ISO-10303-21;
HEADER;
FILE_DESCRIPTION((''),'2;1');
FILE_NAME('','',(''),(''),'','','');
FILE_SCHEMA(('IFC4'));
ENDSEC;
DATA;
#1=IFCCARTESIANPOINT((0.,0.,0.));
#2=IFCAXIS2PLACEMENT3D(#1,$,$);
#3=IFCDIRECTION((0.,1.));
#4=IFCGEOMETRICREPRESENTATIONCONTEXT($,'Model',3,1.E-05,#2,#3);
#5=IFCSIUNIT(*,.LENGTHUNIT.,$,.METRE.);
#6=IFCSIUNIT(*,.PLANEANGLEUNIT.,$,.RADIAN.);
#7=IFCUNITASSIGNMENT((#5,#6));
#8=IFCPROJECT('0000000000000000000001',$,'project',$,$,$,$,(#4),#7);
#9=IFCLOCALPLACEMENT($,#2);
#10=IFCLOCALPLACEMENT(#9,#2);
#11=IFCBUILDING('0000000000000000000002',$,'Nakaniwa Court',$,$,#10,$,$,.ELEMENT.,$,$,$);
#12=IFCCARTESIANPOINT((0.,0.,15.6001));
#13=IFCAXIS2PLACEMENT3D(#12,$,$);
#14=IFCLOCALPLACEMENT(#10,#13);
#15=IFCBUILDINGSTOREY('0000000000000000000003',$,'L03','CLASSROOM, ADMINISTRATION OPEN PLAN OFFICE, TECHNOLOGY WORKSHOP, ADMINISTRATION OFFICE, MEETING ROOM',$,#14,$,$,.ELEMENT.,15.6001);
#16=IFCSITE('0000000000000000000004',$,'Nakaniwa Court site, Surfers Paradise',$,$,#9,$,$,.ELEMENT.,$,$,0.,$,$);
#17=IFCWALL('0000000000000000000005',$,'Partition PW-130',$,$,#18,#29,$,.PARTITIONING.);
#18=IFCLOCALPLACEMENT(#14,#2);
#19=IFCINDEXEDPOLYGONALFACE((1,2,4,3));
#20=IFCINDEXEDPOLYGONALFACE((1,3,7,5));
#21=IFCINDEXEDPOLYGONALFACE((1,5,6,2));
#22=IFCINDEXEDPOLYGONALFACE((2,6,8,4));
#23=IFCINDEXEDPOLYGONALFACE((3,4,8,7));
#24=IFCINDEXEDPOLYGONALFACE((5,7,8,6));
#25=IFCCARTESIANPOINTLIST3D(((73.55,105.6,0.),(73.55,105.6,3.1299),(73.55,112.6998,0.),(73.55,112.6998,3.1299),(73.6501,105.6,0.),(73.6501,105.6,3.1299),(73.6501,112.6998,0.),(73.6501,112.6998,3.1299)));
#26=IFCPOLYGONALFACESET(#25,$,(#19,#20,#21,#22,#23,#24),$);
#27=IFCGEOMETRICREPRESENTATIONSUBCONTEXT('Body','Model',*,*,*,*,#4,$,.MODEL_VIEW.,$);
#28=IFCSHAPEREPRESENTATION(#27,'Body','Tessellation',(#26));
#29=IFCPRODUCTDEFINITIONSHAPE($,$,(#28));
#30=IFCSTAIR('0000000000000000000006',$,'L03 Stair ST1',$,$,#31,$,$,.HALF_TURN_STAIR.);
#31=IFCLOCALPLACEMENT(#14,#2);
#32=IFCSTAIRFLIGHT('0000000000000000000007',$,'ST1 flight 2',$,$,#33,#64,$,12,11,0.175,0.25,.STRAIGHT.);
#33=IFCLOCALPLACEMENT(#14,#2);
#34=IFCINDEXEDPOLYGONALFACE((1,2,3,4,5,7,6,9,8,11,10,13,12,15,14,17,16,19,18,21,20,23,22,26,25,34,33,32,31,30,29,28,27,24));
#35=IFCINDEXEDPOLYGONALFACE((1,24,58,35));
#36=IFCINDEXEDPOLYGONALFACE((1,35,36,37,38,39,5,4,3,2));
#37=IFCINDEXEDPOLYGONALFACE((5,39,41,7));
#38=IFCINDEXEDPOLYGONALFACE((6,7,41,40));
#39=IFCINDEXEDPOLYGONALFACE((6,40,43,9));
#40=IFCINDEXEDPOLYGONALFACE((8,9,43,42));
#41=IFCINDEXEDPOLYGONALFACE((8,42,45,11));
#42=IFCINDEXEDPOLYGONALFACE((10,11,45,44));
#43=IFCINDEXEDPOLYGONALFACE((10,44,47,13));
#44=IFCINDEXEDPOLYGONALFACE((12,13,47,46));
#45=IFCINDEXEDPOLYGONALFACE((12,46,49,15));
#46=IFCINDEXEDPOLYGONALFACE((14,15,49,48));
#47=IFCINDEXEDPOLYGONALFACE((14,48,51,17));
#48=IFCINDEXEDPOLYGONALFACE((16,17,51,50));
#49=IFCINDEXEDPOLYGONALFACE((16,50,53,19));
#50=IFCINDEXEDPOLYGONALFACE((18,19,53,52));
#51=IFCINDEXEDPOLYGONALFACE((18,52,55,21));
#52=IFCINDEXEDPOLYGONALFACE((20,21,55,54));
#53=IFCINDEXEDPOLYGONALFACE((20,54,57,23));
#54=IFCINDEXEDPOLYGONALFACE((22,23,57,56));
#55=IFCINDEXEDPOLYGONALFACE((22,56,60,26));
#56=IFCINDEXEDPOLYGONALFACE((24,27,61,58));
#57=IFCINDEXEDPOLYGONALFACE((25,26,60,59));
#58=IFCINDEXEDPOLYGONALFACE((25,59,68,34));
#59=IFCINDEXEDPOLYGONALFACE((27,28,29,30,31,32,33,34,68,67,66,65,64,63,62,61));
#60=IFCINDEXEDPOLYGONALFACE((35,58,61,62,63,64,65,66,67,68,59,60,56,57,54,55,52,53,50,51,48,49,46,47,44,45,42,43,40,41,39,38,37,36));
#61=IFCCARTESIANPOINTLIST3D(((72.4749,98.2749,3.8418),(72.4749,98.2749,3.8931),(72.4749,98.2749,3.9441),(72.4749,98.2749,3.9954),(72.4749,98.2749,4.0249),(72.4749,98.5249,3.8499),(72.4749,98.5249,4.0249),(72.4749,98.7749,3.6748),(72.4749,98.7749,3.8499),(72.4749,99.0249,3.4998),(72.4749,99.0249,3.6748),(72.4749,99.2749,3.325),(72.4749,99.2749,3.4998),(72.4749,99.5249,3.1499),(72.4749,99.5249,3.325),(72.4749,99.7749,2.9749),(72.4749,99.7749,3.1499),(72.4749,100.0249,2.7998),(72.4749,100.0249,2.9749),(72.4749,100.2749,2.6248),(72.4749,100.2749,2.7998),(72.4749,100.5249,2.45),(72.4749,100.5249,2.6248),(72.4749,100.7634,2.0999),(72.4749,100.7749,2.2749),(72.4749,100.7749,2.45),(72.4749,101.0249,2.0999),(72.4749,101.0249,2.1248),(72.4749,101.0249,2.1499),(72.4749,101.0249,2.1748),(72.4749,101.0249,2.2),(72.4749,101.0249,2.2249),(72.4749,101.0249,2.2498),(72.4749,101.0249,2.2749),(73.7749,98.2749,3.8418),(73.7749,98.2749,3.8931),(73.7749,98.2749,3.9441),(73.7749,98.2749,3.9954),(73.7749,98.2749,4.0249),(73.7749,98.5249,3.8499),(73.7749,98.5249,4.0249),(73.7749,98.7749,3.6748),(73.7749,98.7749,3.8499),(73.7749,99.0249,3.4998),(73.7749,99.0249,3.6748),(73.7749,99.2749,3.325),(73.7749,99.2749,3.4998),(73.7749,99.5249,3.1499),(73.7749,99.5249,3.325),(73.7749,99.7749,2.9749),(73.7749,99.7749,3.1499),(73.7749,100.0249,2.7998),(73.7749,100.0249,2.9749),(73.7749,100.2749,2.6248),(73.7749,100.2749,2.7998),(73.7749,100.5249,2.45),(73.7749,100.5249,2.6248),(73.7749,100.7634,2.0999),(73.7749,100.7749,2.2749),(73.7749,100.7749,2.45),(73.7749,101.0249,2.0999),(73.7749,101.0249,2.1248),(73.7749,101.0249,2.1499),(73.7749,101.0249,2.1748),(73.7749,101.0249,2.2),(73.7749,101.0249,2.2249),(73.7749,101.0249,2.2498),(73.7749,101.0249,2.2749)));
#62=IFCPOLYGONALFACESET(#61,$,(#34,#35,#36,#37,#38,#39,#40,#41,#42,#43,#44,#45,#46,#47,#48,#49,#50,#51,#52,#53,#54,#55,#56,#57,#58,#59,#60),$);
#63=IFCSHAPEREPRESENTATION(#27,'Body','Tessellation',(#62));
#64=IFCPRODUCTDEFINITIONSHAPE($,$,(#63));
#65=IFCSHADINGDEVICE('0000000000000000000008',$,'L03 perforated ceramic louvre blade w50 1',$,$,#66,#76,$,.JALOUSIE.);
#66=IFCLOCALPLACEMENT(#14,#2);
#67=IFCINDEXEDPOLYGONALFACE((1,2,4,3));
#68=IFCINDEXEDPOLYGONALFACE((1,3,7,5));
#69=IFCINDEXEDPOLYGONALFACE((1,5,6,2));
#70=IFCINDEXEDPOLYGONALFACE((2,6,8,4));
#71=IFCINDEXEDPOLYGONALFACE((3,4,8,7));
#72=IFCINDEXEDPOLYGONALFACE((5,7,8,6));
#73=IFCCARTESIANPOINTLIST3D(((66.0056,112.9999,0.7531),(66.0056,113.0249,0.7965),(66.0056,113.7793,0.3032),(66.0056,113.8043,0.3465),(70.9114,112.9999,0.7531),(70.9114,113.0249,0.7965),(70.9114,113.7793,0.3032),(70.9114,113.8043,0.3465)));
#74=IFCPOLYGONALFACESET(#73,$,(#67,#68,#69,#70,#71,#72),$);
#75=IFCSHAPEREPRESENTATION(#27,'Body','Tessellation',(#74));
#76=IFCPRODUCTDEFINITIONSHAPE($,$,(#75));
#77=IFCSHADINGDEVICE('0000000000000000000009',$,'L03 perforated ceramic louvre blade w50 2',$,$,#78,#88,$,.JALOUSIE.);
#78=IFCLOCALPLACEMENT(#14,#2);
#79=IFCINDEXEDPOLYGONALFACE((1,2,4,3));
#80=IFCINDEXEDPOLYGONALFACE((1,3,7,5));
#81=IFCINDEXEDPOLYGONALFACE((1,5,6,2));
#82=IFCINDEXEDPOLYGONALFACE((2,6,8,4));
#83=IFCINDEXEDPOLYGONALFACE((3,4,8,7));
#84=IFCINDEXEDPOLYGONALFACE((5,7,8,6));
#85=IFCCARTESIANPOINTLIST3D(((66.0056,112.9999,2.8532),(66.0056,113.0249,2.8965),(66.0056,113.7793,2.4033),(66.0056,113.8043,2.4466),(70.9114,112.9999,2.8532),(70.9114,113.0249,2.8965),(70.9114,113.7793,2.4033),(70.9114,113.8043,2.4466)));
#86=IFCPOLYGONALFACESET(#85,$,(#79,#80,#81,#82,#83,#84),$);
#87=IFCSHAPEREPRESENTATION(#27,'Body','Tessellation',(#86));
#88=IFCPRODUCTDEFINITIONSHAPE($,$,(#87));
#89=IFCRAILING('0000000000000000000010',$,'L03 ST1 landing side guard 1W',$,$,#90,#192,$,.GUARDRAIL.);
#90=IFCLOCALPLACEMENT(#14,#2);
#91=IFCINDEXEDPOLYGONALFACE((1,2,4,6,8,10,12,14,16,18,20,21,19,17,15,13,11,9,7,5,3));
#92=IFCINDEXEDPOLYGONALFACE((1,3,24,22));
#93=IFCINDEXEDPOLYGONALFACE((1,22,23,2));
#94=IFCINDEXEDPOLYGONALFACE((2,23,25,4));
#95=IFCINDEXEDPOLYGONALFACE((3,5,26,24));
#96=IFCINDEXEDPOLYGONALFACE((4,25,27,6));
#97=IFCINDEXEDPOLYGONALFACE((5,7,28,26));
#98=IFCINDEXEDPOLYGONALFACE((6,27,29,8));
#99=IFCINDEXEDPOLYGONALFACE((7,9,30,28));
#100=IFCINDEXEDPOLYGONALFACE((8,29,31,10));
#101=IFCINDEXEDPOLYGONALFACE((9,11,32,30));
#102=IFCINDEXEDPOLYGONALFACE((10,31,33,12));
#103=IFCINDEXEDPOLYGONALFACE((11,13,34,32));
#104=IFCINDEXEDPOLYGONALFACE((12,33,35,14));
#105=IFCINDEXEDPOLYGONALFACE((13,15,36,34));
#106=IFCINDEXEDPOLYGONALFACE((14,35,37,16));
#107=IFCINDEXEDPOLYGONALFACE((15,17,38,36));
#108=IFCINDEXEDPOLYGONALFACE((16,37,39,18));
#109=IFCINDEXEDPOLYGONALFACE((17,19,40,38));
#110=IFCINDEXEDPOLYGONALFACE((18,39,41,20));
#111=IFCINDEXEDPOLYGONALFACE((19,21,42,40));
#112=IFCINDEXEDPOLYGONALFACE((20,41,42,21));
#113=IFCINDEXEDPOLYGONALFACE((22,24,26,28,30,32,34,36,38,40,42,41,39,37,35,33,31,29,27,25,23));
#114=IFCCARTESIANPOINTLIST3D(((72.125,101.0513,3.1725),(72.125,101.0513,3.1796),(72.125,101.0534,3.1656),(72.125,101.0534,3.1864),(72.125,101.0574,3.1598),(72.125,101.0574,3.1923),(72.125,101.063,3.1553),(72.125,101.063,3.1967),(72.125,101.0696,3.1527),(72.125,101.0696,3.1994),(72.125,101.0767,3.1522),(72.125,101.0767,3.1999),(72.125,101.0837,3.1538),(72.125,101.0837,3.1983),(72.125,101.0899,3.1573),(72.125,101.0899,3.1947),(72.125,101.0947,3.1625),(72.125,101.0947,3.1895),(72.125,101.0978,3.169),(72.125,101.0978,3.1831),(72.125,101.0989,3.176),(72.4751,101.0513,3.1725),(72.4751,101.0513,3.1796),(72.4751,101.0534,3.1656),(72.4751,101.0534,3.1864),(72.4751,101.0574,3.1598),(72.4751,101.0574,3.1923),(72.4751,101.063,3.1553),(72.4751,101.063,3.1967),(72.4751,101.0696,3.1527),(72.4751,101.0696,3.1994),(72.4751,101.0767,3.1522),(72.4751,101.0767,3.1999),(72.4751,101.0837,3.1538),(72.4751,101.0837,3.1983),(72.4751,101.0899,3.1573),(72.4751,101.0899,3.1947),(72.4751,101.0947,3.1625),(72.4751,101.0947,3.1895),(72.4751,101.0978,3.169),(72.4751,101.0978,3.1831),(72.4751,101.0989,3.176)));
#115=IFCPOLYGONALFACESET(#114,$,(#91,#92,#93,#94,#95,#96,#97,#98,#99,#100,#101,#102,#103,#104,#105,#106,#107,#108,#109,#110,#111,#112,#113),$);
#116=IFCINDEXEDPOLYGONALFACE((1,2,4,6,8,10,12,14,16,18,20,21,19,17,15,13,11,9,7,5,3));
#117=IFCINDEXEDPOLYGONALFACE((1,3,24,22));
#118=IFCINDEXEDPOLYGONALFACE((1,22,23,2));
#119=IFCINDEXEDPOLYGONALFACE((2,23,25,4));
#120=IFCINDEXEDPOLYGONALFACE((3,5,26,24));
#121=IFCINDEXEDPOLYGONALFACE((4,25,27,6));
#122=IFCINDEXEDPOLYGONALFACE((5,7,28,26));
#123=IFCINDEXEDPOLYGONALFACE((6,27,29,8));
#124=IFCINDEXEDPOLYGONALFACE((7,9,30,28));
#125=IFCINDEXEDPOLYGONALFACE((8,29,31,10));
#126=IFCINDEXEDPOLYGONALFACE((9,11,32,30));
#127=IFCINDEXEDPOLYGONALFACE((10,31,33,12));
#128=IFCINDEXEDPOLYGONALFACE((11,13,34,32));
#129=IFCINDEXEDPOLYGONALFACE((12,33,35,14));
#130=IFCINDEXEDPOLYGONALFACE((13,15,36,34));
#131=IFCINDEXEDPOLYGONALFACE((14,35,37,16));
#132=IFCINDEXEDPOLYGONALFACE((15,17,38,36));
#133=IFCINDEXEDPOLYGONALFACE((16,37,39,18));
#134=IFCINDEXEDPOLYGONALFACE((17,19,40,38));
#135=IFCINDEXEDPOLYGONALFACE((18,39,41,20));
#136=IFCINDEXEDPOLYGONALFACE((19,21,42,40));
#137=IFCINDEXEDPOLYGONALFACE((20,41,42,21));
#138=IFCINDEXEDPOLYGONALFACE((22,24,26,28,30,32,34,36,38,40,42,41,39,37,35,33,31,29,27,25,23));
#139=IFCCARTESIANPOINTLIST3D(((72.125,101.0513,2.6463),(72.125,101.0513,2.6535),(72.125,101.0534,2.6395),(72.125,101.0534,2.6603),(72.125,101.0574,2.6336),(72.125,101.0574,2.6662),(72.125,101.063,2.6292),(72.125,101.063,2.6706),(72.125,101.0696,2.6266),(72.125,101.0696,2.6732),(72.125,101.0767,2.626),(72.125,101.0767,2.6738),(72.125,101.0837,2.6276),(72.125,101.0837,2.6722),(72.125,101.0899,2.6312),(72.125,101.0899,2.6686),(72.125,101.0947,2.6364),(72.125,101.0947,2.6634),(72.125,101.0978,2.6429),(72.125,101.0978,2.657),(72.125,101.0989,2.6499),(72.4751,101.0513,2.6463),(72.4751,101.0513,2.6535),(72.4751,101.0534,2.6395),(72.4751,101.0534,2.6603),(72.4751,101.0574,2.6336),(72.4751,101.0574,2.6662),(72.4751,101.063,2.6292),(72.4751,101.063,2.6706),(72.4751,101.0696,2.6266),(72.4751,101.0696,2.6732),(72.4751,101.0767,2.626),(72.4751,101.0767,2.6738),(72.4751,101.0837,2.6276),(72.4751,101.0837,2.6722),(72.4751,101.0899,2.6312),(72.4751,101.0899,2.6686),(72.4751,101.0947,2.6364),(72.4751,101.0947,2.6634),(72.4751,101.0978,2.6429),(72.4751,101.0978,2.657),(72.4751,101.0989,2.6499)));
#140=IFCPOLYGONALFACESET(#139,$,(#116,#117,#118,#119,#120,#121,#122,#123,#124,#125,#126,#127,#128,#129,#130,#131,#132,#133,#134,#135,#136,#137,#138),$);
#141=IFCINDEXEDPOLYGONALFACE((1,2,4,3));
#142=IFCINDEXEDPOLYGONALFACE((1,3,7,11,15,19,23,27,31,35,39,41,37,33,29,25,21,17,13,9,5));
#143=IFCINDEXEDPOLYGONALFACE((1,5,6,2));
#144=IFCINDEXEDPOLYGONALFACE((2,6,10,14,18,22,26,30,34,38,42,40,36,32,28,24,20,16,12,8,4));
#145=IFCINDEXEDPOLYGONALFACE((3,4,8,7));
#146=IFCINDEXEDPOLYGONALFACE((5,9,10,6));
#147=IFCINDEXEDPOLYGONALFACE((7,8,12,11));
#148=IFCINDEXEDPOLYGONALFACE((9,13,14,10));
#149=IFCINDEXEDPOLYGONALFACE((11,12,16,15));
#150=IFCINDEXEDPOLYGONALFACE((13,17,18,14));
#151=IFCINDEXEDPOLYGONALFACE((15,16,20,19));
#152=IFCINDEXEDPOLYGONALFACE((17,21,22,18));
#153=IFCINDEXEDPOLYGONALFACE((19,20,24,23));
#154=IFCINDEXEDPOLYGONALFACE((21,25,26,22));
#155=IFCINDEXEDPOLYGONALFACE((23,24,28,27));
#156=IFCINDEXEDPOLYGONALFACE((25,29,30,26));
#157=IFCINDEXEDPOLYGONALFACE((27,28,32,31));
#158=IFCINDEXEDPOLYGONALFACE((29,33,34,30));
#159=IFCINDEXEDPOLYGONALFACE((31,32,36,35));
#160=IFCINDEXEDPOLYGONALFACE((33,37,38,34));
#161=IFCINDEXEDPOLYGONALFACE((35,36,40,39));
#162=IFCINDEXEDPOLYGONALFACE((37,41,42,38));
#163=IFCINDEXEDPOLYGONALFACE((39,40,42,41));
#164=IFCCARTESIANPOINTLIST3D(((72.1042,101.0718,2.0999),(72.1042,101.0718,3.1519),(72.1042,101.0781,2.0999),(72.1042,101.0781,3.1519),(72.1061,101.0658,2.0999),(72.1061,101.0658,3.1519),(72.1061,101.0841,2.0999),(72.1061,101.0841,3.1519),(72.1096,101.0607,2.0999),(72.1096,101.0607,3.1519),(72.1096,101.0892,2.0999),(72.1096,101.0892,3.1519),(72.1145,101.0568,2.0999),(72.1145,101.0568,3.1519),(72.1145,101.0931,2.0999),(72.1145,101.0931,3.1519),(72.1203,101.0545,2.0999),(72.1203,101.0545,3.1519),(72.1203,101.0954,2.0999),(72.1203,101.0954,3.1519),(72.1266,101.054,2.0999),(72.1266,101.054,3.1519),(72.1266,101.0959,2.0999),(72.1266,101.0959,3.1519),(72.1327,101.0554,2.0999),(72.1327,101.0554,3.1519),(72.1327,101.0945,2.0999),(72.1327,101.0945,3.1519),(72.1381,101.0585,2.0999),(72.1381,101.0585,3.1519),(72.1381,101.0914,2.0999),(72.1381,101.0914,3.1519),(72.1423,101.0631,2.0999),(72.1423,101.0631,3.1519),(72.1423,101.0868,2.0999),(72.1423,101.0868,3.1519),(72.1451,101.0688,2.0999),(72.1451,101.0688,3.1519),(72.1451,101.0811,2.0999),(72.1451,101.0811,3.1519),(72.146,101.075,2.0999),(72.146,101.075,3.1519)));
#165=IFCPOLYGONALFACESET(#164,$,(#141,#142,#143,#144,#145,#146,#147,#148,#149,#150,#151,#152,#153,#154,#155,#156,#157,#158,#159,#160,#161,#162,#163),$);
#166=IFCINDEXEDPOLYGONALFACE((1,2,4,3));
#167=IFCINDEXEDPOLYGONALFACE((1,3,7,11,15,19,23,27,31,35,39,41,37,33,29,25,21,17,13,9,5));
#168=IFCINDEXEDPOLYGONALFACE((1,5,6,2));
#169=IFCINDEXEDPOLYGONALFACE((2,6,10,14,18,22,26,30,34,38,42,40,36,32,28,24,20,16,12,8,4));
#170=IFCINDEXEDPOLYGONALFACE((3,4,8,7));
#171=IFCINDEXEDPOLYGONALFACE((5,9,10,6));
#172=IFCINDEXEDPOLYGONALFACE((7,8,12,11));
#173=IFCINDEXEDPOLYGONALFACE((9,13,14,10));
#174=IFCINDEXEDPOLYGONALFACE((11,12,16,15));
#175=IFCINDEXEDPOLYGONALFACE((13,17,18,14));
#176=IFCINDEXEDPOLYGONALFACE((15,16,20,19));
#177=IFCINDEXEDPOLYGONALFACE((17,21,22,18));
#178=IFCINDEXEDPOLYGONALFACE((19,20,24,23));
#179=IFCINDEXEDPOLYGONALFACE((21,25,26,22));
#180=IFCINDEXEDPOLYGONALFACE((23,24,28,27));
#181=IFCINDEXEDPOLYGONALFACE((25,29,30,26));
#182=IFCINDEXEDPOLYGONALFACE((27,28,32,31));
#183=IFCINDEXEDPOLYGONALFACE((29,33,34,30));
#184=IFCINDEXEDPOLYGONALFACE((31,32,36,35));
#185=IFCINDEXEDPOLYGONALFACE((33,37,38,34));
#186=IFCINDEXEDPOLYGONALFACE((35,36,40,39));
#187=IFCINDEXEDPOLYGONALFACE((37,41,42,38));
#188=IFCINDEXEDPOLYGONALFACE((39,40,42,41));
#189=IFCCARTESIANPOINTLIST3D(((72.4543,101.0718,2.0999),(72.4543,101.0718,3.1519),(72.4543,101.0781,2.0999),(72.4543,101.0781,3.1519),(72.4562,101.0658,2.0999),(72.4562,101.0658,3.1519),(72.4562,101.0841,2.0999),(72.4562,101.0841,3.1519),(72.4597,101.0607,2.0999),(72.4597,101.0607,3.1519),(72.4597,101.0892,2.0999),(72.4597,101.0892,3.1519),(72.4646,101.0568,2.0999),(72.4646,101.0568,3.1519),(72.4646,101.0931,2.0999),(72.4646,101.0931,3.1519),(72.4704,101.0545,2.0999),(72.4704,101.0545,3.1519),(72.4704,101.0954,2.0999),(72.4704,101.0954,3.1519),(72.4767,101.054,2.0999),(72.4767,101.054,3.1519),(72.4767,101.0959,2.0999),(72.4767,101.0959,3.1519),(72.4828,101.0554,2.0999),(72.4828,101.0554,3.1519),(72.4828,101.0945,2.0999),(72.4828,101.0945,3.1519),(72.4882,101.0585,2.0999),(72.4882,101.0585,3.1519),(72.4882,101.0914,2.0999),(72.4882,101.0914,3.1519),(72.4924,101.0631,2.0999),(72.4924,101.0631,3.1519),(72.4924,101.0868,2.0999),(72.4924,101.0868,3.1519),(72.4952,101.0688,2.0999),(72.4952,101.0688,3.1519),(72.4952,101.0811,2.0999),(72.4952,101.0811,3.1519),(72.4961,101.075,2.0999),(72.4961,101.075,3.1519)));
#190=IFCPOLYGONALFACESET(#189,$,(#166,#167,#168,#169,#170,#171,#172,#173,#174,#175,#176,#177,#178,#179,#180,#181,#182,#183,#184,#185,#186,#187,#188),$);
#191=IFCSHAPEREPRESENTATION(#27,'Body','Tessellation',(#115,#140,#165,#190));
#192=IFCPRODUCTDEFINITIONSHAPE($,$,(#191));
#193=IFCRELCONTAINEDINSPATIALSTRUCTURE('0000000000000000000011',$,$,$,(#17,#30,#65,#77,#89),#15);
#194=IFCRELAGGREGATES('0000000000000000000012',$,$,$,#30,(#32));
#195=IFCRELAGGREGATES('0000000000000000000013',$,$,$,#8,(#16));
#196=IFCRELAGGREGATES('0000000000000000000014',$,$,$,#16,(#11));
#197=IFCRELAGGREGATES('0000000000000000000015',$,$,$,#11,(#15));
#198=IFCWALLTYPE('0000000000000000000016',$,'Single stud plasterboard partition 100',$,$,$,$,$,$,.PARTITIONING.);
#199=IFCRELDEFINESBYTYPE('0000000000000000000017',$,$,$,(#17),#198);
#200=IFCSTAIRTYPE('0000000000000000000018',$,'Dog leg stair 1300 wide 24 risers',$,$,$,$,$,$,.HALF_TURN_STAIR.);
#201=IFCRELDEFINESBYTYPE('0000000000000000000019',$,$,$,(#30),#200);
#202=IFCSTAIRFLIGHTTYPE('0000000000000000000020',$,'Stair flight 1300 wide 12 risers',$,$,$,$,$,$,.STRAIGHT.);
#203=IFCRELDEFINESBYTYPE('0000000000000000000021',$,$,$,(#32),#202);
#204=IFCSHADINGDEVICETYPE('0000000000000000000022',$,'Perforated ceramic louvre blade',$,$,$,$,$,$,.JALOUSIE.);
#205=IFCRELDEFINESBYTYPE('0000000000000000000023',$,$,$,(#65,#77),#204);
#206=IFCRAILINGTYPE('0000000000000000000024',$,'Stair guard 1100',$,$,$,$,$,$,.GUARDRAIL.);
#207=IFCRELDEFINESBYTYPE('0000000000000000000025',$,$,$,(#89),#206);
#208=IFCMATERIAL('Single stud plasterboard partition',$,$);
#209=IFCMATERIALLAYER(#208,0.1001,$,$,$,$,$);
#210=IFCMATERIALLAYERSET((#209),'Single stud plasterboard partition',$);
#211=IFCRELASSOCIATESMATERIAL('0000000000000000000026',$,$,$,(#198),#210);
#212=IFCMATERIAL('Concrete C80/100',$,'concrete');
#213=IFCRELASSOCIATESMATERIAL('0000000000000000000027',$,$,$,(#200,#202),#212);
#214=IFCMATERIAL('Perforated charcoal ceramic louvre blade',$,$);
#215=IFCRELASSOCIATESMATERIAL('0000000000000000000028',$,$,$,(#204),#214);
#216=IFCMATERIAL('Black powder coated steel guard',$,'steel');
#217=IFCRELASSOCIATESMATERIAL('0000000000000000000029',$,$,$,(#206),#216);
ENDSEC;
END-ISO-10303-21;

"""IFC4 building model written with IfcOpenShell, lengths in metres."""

from ifc_helpers import new_model, si_unit, direction, frame, frame_2d, origin, origin_2d, place, context, subcontext, project, spatial, polyline, rectangle, circle, outline, extrude, material, layer, layer_set, material_profile, profile_set, type_object, element, aggregate, save


model = new_model("IFC4")

# Units and contexts
model_context = context("Model", 3, precision=1e-05, world=origin(), true_north=direction((0.0, 1.0)))
body_context = subcontext(model_context, "Body", "Model", "MODEL_VIEW")
ifc_project = project(units=[si_unit("LENGTHUNIT", "METRE"), si_unit("PLANEANGLEUNIT", "RADIAN")], contexts=[model_context])

# Site, building, storey
site_placement = place(None, origin())
site = spatial("IfcSite", under=ifc_project, at=site_placement, Name="Nakaniwa Court site, Surfers Paradise", CompositionType="ELEMENT", RefElevation=0.0)
building_placement = place(site_placement, origin())
building = spatial("IfcBuilding", under=site, at=building_placement, Name="Nakaniwa Court", CompositionType="ELEMENT")
storey_placement = place(building_placement, frame((0.0, 0.0, 15.6001)))
storey = spatial("IfcBuildingStorey", under=building, at=storey_placement, Name="L03", Description="CLASSROOM, ADMINISTRATION OPEN PLAN OFFICE, TECHNOLOGY WORKSHOP, ADMINISTRATION OFFICE, MEETING ROOM", CompositionType="ELEMENT", Elevation=15.6001)

# Wall
ifc_material_1 = material(Name="Single stud plasterboard partition")
ifc_layer_1 = layer(ifc_material_1, 0.1001)
ifc_layer_set_1 = layer_set([ifc_layer_1], Name="Single stud plasterboard partition")
wall_type_1 = type_object("IfcWallType", Name="Single stud plasterboard partition 100", PredefinedType="PARTITIONING", material=ifc_layer_set_1)
wall_1_placement = place(storey_placement, frame((73.6001, 105.6001, 0.0), z_axis=(0.0, 0.0, 1.0), x_axis=(0.0, 1.0, 0.0)))
element("IfcWall", 1, at=wall_1_placement, inside=storey, type_object=wall_type_1, Name="Partition PW-130", PredefinedType="PARTITIONING", context=body_context, shape_type="SweptSolid", body=[
    extrude(rectangle(XDim=7.0999, YDim=0.1001, at=frame_2d((3.5498, 0.0))), origin(), (0.0, 0.0, 1.0), 3.1299),
])

# Stair, stair flight
ifc_material_2 = material(Name="Concrete C80/100", Category="concrete")
stair_type = type_object("IfcStairType", Name="Dog leg stair 1300 wide 24 risers", PredefinedType="HALF_TURN_STAIR", material=ifc_material_2)
stair_placement = place(storey_placement, origin())
stair = element("IfcStair", 2, at=stair_placement, inside=storey, type_object=stair_type, Name="L03 Stair ST1", PredefinedType="HALF_TURN_STAIR")
stair_flight_type = type_object("IfcStairFlightType", Name="Stair flight 1300 wide 12 risers", PredefinedType="STRAIGHT", material=ifc_material_2)
stair_flight_placement = place(storey_placement, frame((73.125, 101.0249, 2.0999), z_axis=(0.0, 0.0, 1.0), x_axis=(0.0, -1.0, 0.0)))
stair_flight = element("IfcStairFlight", 3, at=stair_flight_placement, type_object=stair_flight_type, Name="ST1 flight 2", NumberOfRisers=12, NumberOfTreads=11, PredefinedType="STRAIGHT", RiserHeight=0.175, TreadLength=0.25, context=body_context, shape_type="SweptSolid", body=[
    extrude(outline(polyline([(0.0, 0.0), (0.0, 0.0249), (0.0, 0.05), (0.0, 0.075), (0.0, 0.1001), (0.0, 0.125), (0.0, 0.1499), (0.0, 0.175), (0.25, 0.175), (0.25, 0.3501), (0.5, 0.3501), (0.5, 0.5249), (0.75, 0.5249), (0.75, 0.7), (1.0, 0.7), (1.0, 0.875), (1.25, 0.875), (1.25, 1.05), (1.5, 1.05), (1.5, 1.2251), (1.75, 1.2251), (1.75, 1.3999), (2.0, 1.3999), (2.0, 1.575), (2.25, 1.575), (2.25, 1.75), (2.5, 1.75), (2.5, 1.925), (2.75, 1.925), (2.75, 2.1001), (2.75, 2.0488), (2.75, 1.9978), (2.75, 1.9465), (2.75, 1.8955), (2.75, 1.8442), (2.75, 1.7932), (2.75, 1.7419), (0.2615, 0.0), (0.0, 0.0)])), frame((0.0, 0.6499, 0.0), z_axis=(0.0, -1.0, 0.0), x_axis=(1.0, 0.0, 0.0)), (0.0, 0.0, 1.0), 1.3),
])
aggregate(stair, [stair_flight])

# Shading devices
ifc_material_3 = material(Name="Perforated charcoal ceramic louvre blade")
ifc_material_profile_1 = material_profile(ifc_material_3, rectangle(XDim=0.8999, YDim=0.05, at=origin_2d()), Name="Perforated ceramic louvre blade")
ifc_profile_set_1 = profile_set([ifc_material_profile_1], Name="Perforated charcoal ceramic louvre blade")
shading_device_type = type_object("IfcShadingDeviceType", Name="Perforated ceramic louvre blade", PredefinedType="JALOUSIE", material=ifc_profile_set_1)
for number, where, z_axis, x_axis, name in (
    (4, (70.9114, 113.4021, 0.5498), (-1.0, 0.0, 0.0), (0.0, -0.866025, 0.5), "L03 perforated ceramic louvre blade w50 1"),
    (5, (70.9114, 113.4021, 2.6499), (-1.0, 0.0, 0.0), (0.0, -0.866025, 0.5), "L03 perforated ceramic louvre blade w50 2"),
):
    element("IfcShadingDevice", number, at=place(storey_placement, frame(where, z_axis=z_axis, x_axis=x_axis)), inside=storey, type_object=shading_device_type, Name=name, PredefinedType="JALOUSIE", context=body_context, shape_type="SweptSolid", body=[
        extrude(rectangle(XDim=0.8999, YDim=0.05, at=origin_2d()), origin(), (0.0, 0.0, 1.0), 4.9058),
    ])

# Railing
ifc_material_4 = material(Name="Black powder coated steel guard", Category="steel")
railing_type_1 = type_object("IfcRailingType", Name="Stair guard 1100", PredefinedType="GUARDRAIL", material=ifc_material_4)
for number, where, name in (
    (6, (72.125, 101.075, 2.0999), "L03 ST1 landing side guard 1W"),
):
    element("IfcRailing", number, at=place(storey_placement, frame(where)), inside=storey, type_object=railing_type_1, Name=name, PredefinedType="GUARDRAIL", context=body_context, shape_type="SweptSolid", body=[
        extrude(circle(Radius=0.0239, at=origin_2d()), frame((0.0, 0.0, 1.0762), z_axis=(1.0, 0.0, 0.0), x_axis=(0.0, 1.0, 0.0)), (0.0, 0.0, 1.0), 0.3501),
        extrude(circle(Radius=0.0239, at=origin_2d()), frame((0.0, 0.0, 0.55), z_axis=(1.0, 0.0, 0.0), x_axis=(0.0, 1.0, 0.0)), (0.0, 0.0, 1.0), 0.3501),
        extrude(circle(Radius=0.021, at=origin_2d()), origin(), (0.0, 0.0, 1.0), 1.052),
        extrude(circle(Radius=0.021, at=origin_2d()), frame((0.3501, 0.0, 0.0)), (0.0, 0.0, 1.0), 1.052),
    ])

save(model, "model.ifc")
